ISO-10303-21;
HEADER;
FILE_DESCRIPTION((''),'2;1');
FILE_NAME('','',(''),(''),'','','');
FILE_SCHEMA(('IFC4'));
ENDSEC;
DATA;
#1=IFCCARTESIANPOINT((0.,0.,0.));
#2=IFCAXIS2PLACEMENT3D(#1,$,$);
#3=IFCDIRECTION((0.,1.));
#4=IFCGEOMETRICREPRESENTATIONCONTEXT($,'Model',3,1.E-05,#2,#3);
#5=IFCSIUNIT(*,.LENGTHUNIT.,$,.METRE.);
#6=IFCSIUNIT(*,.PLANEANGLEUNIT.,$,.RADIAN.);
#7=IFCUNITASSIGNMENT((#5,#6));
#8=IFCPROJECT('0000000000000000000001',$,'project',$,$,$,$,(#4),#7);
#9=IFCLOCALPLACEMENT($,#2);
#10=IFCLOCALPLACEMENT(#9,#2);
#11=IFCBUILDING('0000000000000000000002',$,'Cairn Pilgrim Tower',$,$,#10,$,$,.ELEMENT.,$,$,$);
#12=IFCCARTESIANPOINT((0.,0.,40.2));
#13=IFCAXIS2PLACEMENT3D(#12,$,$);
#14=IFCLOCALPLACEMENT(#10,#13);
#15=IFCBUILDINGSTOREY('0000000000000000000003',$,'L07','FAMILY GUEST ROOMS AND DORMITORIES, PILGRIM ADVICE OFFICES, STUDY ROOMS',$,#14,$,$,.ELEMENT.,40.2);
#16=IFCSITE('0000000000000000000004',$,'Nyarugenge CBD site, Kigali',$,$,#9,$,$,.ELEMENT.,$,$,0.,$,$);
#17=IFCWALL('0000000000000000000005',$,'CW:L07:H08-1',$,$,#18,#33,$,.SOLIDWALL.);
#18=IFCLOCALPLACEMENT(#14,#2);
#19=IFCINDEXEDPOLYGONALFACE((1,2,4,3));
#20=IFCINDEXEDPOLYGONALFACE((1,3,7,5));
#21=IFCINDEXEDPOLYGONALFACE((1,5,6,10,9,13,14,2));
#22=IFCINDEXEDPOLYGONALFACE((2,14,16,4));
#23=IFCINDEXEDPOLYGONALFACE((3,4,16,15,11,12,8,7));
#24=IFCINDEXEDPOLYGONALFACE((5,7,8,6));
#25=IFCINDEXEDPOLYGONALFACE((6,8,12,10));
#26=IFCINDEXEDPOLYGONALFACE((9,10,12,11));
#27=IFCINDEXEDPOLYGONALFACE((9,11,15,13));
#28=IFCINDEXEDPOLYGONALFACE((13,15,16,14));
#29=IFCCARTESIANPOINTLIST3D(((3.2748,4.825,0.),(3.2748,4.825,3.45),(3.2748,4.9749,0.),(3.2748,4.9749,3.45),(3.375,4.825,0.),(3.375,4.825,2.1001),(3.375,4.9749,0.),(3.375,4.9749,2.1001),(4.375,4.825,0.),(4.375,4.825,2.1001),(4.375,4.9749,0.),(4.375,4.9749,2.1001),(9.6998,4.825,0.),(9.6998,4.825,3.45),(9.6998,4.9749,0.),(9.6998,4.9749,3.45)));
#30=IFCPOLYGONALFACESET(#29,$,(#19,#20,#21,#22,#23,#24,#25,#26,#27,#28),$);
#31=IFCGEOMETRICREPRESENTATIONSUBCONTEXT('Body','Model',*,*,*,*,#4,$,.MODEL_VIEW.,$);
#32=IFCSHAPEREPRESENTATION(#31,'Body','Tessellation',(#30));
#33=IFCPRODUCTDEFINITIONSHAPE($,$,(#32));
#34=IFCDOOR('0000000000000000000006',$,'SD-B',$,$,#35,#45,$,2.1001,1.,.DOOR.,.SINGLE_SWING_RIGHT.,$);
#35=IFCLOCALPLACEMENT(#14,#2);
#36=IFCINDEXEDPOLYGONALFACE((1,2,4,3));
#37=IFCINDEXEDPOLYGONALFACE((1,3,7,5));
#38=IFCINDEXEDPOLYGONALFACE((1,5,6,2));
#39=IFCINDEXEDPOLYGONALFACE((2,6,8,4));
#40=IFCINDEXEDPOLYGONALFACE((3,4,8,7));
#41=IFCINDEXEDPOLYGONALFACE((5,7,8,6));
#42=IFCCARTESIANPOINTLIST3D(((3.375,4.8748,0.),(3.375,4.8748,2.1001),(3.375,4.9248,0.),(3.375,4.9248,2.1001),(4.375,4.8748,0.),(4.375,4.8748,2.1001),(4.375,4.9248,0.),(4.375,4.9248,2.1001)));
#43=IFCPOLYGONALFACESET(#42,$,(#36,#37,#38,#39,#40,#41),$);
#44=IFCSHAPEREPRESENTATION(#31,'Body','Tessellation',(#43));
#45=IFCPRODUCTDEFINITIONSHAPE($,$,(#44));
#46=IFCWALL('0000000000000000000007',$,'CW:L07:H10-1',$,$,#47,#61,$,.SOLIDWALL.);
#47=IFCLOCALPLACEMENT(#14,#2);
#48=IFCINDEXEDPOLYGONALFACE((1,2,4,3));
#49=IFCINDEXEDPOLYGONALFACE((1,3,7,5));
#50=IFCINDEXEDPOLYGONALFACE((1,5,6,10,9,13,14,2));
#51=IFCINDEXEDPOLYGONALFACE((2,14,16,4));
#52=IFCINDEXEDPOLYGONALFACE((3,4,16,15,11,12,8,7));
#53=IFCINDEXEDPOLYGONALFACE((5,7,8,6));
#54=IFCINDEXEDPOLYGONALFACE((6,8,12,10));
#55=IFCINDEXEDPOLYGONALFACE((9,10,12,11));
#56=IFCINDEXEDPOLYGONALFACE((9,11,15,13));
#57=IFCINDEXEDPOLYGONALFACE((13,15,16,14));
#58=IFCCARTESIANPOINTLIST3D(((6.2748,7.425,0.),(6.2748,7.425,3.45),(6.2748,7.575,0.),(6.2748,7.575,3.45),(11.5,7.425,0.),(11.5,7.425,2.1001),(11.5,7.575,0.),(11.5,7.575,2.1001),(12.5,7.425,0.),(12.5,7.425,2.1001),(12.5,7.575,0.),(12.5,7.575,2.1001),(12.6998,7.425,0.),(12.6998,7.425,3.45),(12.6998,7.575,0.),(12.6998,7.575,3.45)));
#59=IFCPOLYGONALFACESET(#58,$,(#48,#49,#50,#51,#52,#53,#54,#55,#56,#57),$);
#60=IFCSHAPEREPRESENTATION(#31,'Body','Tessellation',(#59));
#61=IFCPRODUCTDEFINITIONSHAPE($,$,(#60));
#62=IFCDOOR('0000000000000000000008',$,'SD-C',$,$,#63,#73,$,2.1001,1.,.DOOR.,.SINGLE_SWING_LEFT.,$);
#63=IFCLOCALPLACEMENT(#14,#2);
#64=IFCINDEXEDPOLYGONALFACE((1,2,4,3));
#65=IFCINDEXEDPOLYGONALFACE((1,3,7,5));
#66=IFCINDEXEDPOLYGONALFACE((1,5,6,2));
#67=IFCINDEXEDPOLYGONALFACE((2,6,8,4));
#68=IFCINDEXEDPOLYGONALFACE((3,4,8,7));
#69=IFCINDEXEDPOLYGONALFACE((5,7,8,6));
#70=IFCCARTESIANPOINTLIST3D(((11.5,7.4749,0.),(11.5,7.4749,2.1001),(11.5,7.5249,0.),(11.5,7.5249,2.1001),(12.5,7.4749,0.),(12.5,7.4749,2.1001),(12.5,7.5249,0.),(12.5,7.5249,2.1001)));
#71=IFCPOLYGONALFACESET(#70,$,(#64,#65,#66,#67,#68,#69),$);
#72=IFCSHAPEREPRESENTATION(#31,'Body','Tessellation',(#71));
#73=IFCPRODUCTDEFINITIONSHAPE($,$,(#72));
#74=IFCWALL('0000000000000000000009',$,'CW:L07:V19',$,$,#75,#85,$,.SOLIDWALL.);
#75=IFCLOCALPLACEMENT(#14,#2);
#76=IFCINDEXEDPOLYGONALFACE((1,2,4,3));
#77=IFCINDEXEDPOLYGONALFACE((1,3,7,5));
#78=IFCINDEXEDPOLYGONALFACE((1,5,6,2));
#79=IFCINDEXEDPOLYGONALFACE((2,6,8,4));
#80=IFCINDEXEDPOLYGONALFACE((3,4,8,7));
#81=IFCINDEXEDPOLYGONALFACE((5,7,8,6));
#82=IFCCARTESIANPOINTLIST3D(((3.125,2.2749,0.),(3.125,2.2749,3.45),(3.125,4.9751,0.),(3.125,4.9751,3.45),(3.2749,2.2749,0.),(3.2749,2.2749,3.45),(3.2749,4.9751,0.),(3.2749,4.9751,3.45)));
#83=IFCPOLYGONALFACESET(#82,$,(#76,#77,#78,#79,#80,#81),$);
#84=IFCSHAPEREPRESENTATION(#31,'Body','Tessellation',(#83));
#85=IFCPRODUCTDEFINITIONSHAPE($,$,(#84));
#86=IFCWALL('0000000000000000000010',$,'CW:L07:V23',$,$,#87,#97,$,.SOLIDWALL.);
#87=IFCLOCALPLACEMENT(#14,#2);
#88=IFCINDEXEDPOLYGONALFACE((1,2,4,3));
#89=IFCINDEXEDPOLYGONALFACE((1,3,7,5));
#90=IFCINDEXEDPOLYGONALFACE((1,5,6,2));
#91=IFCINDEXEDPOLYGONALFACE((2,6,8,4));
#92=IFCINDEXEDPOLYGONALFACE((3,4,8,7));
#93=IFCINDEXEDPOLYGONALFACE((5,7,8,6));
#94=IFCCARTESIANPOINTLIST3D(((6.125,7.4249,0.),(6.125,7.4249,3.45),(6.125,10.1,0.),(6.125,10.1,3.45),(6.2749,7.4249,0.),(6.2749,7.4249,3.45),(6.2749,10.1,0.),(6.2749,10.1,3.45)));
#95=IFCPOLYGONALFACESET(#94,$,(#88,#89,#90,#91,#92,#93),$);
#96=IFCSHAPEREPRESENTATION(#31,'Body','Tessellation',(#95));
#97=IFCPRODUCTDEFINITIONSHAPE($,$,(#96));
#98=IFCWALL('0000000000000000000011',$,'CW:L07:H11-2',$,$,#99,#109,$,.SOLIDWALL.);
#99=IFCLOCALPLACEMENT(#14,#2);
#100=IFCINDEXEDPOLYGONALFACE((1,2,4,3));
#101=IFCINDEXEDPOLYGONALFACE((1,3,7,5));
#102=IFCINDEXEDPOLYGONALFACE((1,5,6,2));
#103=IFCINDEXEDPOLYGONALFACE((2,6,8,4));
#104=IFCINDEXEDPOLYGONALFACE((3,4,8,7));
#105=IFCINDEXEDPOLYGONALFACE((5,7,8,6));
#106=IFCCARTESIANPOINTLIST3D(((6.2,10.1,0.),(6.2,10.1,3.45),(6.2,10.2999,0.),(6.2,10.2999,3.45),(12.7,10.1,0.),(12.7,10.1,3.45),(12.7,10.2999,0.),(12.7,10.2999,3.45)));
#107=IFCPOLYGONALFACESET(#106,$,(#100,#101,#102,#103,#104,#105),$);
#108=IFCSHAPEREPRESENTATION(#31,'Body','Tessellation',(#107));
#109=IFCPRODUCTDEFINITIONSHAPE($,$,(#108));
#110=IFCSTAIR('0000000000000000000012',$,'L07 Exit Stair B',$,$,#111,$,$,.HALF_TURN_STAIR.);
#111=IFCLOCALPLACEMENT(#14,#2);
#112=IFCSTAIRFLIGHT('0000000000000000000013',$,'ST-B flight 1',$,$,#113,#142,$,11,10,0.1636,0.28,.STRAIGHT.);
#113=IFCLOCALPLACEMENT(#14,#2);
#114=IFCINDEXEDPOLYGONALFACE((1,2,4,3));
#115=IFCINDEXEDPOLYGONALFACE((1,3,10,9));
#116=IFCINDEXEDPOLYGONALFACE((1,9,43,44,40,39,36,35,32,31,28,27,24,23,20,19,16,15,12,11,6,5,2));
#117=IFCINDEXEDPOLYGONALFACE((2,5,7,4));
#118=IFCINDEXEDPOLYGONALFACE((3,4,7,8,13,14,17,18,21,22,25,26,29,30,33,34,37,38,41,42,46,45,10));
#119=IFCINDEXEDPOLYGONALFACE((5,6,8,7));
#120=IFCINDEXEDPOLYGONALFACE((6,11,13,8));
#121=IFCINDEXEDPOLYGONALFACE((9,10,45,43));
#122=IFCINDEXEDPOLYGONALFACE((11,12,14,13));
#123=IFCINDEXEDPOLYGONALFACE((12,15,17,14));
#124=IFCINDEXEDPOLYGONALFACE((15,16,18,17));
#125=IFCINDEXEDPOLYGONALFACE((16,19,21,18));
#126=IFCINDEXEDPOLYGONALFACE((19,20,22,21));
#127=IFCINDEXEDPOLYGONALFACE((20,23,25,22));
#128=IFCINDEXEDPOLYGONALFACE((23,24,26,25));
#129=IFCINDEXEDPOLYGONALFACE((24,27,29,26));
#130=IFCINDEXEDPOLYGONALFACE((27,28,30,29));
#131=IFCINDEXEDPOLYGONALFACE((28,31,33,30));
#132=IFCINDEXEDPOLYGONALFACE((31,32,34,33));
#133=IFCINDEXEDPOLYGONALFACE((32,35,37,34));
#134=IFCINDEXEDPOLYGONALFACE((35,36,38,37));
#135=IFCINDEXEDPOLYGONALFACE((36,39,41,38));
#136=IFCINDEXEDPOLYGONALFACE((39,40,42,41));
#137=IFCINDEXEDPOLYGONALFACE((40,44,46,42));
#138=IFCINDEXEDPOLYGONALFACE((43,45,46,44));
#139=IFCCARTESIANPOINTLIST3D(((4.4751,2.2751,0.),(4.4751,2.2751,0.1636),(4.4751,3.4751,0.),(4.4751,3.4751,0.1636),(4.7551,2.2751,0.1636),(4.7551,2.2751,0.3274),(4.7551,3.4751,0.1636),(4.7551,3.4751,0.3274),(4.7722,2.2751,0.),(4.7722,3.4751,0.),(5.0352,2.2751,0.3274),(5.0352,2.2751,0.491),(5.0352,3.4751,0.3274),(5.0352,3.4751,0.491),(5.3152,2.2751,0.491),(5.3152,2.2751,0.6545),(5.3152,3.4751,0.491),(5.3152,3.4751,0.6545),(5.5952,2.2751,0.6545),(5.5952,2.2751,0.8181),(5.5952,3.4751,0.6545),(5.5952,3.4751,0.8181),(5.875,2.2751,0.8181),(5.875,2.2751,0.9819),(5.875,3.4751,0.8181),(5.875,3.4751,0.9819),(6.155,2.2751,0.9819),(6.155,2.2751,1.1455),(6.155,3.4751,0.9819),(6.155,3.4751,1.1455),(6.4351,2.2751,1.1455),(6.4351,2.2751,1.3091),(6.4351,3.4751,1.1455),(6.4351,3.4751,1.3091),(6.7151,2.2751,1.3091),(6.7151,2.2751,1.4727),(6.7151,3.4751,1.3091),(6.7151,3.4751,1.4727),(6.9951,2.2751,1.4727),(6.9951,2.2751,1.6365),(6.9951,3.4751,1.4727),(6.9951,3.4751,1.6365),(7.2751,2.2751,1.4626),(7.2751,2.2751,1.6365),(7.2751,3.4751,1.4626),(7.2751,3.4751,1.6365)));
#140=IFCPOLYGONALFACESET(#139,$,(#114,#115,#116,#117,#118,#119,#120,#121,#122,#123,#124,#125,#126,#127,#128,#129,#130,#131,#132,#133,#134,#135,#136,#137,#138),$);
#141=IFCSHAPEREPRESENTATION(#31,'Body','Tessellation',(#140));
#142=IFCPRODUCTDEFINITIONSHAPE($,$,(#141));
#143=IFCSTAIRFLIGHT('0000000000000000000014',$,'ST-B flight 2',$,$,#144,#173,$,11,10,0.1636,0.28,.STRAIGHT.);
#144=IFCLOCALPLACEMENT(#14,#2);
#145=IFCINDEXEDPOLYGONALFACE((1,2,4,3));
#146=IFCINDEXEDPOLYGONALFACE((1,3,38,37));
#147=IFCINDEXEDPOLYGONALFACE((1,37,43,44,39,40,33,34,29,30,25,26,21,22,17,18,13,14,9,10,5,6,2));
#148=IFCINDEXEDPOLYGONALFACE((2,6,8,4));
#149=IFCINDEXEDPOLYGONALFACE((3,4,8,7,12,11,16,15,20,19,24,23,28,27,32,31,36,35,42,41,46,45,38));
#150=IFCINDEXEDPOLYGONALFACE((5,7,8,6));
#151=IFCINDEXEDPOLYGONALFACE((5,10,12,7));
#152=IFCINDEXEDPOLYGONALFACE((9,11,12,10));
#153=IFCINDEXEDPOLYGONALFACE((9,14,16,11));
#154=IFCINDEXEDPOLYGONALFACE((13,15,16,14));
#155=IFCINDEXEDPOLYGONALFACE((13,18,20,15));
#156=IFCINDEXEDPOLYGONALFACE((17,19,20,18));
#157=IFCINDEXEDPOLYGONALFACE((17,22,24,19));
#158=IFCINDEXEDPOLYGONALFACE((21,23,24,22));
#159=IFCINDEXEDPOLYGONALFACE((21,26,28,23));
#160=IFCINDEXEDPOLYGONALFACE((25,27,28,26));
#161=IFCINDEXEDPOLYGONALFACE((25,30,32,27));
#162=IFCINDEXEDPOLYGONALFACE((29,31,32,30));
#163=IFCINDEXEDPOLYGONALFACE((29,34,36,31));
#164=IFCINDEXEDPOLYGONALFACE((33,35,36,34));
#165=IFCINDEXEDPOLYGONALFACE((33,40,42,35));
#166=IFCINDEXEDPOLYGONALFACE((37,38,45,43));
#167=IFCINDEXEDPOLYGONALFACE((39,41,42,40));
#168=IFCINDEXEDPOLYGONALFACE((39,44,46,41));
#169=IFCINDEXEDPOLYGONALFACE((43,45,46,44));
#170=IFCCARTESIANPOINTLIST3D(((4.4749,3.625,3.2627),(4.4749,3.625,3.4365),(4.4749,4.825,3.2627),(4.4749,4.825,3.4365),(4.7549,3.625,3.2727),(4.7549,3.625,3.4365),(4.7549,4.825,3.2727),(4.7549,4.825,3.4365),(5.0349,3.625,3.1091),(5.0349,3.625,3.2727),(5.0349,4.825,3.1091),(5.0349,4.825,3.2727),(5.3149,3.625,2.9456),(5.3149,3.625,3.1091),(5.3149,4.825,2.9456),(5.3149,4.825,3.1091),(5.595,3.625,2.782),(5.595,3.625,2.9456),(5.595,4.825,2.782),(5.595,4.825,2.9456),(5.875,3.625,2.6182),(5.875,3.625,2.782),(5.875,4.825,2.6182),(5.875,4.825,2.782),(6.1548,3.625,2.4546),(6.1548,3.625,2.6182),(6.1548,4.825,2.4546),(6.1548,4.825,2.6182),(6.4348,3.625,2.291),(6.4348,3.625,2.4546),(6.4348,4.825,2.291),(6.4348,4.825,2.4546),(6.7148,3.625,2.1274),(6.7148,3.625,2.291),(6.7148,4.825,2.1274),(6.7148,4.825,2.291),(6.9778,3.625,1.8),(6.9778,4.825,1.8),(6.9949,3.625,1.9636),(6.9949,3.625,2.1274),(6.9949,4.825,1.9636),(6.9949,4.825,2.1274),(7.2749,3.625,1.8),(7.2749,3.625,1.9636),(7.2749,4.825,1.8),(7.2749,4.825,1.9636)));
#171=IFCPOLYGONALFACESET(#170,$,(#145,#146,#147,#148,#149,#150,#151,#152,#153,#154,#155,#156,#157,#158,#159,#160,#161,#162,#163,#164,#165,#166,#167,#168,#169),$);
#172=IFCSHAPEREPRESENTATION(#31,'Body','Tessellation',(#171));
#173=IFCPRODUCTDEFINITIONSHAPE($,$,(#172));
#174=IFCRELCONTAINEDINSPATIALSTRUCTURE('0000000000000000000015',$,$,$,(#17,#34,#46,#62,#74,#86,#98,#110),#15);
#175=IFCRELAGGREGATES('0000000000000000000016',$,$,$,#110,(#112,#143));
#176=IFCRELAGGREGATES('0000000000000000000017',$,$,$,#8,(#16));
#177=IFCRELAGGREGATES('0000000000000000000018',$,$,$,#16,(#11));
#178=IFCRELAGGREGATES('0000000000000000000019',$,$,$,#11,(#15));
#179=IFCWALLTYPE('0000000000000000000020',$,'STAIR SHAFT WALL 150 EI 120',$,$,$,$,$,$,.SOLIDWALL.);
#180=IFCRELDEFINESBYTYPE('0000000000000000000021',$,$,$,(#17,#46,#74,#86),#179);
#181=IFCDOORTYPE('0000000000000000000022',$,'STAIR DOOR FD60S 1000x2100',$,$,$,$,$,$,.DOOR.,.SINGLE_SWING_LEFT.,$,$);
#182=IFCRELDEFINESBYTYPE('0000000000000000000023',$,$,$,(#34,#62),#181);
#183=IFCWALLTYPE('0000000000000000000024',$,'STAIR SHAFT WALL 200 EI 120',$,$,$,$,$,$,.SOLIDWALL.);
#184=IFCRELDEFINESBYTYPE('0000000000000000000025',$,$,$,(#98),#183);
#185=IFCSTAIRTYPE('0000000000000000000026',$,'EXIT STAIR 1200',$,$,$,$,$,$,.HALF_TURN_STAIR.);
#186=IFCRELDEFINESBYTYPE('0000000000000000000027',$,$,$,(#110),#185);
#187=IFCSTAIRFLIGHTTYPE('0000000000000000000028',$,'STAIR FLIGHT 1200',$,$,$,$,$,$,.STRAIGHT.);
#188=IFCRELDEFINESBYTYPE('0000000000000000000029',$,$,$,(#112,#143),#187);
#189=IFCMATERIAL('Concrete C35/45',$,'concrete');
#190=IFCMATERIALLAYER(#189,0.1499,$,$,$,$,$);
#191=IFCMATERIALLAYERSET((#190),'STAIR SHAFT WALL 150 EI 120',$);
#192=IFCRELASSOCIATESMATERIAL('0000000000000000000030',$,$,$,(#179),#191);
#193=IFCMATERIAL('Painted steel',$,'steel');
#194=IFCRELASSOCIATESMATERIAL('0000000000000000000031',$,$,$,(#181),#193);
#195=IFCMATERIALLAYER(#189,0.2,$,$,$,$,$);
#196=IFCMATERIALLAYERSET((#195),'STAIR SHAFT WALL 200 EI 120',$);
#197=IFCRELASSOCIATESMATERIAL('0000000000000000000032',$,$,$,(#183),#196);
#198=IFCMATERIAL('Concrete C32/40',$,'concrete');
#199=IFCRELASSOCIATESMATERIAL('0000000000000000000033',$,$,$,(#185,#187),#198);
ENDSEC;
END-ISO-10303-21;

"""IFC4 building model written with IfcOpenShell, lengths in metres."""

from ifc_helpers import new_model, si_unit, direction, frame, frame_2d, origin, place, context, subcontext, project, spatial, polyline, rectangle, outline, extrude, material, layer, layer_set, type_object, element, fill, aggregate, save


model = new_model("IFC4")

# Units and contexts
model_context = context("Model", 3, precision=1e-05, world=origin(), true_north=direction((0.0, 1.0)))
body_context = subcontext(model_context, "Body", "Model", "MODEL_VIEW")
ifc_project = project(units=[si_unit("LENGTHUNIT", "METRE"), si_unit("PLANEANGLEUNIT", "RADIAN")], contexts=[model_context])

# Site, building, storey
site_placement = place(None, origin())
site = spatial("IfcSite", under=ifc_project, at=site_placement, Name="Nyarugenge CBD site, Kigali", CompositionType="ELEMENT", RefElevation=0.0)
building_placement = place(site_placement, origin())
building = spatial("IfcBuilding", under=site, at=building_placement, Name="Cairn Pilgrim Tower", CompositionType="ELEMENT")
storey_placement = place(building_placement, frame((0.0, 0.0, 40.2)))
storey = spatial("IfcBuildingStorey", under=building, at=storey_placement, Name="L07", Description="FAMILY GUEST ROOMS AND DORMITORIES, PILGRIM ADVICE OFFICES, STUDY ROOMS", CompositionType="ELEMENT", Elevation=40.2)

# Shared definitions
ifc_material_1 = material(Name="Concrete C32/40", Category="concrete")
ifc_material_2 = material(Name="Concrete C35/45", Category="concrete")
ifc_layer_1 = layer(ifc_material_2, 0.1499)
ifc_layer_set_1 = layer_set([ifc_layer_1], Name="STAIR SHAFT WALL 150 EI 120")
wall_type_1 = type_object("IfcWallType", Name="STAIR SHAFT WALL 150 EI 120", PredefinedType="SOLIDWALL", material=ifc_layer_set_1)

# Walls, openings, doors
wall_1_placement = place(storey_placement, frame((3.2749, 4.8999, 0.0), z_axis=(0.0, 0.0, 1.0), x_axis=(1.0, 0.0, 0.0)))
wall_1 = element("IfcWall", 1, at=wall_1_placement, inside=storey, type_object=wall_type_1, Name="CW:L07:H08-1", PredefinedType="SOLIDWALL", context=body_context, shape_type="SweptSolid", body=[
    extrude(rectangle(XDim=6.425, YDim=0.1499, at=frame_2d((3.2124, 0.0))), origin(), (0.0, 0.0, 1.0), 3.45),
])
opening_1_placement = place(wall_1_placement, frame((0.1001, 0.0, 0.0)))
opening_1 = element("IfcOpeningElement", 2, at=opening_1_placement, cuts=wall_1, PredefinedType="OPENING", context=body_context, shape_type="SweptSolid", body=[
    extrude(rectangle(XDim=1.0, YDim=2.1001, at=frame_2d((0.5, 1.05))), frame((0.0, 0.085, 0.0), z_axis=(0.0, -1.0, 0.0), x_axis=(1.0, 0.0, 0.0)), (0.0, 0.0, 1.0), 0.1699),
])
ifc_material_3 = material(Name="Painted steel", Category="steel")
door_type = type_object("IfcDoorType", Name="STAIR DOOR FD60S 1000x2100", OperationType="SINGLE_SWING_LEFT", PredefinedType="DOOR", material=ifc_material_3)
door_1_placement = place(opening_1_placement, origin())
door_1 = element("IfcDoor", 3, at=door_1_placement, inside=storey, type_object=door_type, Name="SD-B", OperationType="SINGLE_SWING_RIGHT", OverallHeight=2.1001, OverallWidth=1.0, PredefinedType="DOOR", context=body_context, shape_type="SweptSolid", body=[
    extrude(rectangle(XDim=1.0, YDim=2.1001, at=frame_2d((0.5, 1.05))), frame((0.0, 0.0249, 0.0), z_axis=(0.0, -1.0, 0.0), x_axis=(1.0, 0.0, 0.0)), (0.0, 0.0, 1.0), 0.05),
])
fill(opening_1, door_1)
wall_2_placement = place(storey_placement, frame((6.2749, 7.5, 0.0), z_axis=(0.0, 0.0, 1.0), x_axis=(1.0, 0.0, 0.0)))
wall_2 = element("IfcWall", 4, at=wall_2_placement, inside=storey, type_object=wall_type_1, Name="CW:L07:H10-1", PredefinedType="SOLIDWALL", context=body_context, shape_type="SweptSolid", body=[
    extrude(rectangle(XDim=6.425, YDim=0.1499, at=frame_2d((3.2124, 0.0))), origin(), (0.0, 0.0, 1.0), 3.45),
])
opening_2_placement = place(wall_2_placement, frame((5.2251, 0.0, 0.0)))
opening_2 = element("IfcOpeningElement", 5, at=opening_2_placement, cuts=wall_2, PredefinedType="OPENING", context=body_context, shape_type="SweptSolid", body=[
    extrude(rectangle(XDim=1.0, YDim=2.1001, at=frame_2d((0.5, 1.05))), frame((0.0, 0.085, 0.0), z_axis=(0.0, -1.0, 0.0), x_axis=(1.0, 0.0, 0.0)), (0.0, 0.0, 1.0), 0.1699),
])
door_2_placement = place(opening_2_placement, origin())
door_2 = element("IfcDoor", 6, at=door_2_placement, inside=storey, type_object=door_type, Name="SD-C", OperationType="SINGLE_SWING_LEFT", OverallHeight=2.1001, OverallWidth=1.0, PredefinedType="DOOR", context=body_context, shape_type="SweptSolid", body=[
    extrude(rectangle(XDim=1.0, YDim=2.1001, at=frame_2d((0.5, 1.05))), frame((0.0, 0.0249, 0.0), z_axis=(0.0, -1.0, 0.0), x_axis=(1.0, 0.0, 0.0)), (0.0, 0.0, 1.0), 0.05),
])
fill(opening_2, door_2)

# Walls
wall_3_placement = place(storey_placement, frame((3.2, 2.2749, 0.0), z_axis=(0.0, 0.0, 1.0), x_axis=(0.0, 1.0, 0.0)))
element("IfcWall", 7, at=wall_3_placement, inside=storey, type_object=wall_type_1, Name="CW:L07:V19", PredefinedType="SOLIDWALL", context=body_context, shape_type="SweptSolid", body=[
    extrude(rectangle(XDim=2.7002, YDim=0.1499, at=frame_2d((1.3501, 0.0))), origin(), (0.0, 0.0, 1.0), 3.45),
])
wall_4_placement = place(storey_placement, frame((6.2, 7.425, 0.0), z_axis=(0.0, 0.0, 1.0), x_axis=(0.0, 1.0, 0.0)))
element("IfcWall", 8, at=wall_4_placement, inside=storey, type_object=wall_type_1, Name="CW:L07:V23", PredefinedType="SOLIDWALL", context=body_context, shape_type="SweptSolid", body=[
    extrude(rectangle(XDim=2.675, YDim=0.1499, at=frame_2d((1.3374, 0.0))), origin(), (0.0, 0.0, 1.0), 3.45),
])
ifc_layer_2 = layer(ifc_material_2, 0.2)
ifc_layer_set_2 = layer_set([ifc_layer_2], Name="STAIR SHAFT WALL 200 EI 120")
wall_type_2 = type_object("IfcWallType", Name="STAIR SHAFT WALL 200 EI 120", PredefinedType="SOLIDWALL", material=ifc_layer_set_2)
wall_5_placement = place(storey_placement, frame((6.2, 10.2, 0.0), z_axis=(0.0, 0.0, 1.0), x_axis=(1.0, 0.0, 0.0)))
element("IfcWall", 9, at=wall_5_placement, inside=storey, type_object=wall_type_2, Name="CW:L07:H11-2", PredefinedType="SOLIDWALL", context=body_context, shape_type="SweptSolid", body=[
    extrude(rectangle(XDim=6.5, YDim=0.2, at=frame_2d((3.25, 0.0))), origin(), (0.0, 0.0, 1.0), 3.45),
])

# Stair, stair flights
stair_type = type_object("IfcStairType", Name="EXIT STAIR 1200", PredefinedType="HALF_TURN_STAIR", material=ifc_material_1)
stair_1_placement = place(storey_placement, origin())
stair_1 = element("IfcStair", 10, at=stair_1_placement, inside=storey, type_object=stair_type, Name="L07 Exit Stair B", PredefinedType="HALF_TURN_STAIR")
stair_flight_type = type_object("IfcStairFlightType", Name="STAIR FLIGHT 1200", PredefinedType="STRAIGHT", material=ifc_material_1)
stair_flight_1_placement = place(storey_placement, frame((4.4751, 2.875, 0.0), z_axis=(0.0, 0.0, 1.0), x_axis=(1.0, 0.0, 0.0)))
stair_flight_1 = element("IfcStairFlight", 11, at=stair_flight_1_placement, type_object=stair_flight_type, Name="ST-B flight 1", NumberOfRisers=11, NumberOfTreads=10, PredefinedType="STRAIGHT", RiserHeight=0.1636, TreadLength=0.28, context=body_context, shape_type="SweptSolid", body=[
    extrude(outline(polyline([(0.0, 0.0), (0.0, 0.1636), (0.28, 0.1636), (0.28, 0.3274), (0.5601, 0.3274), (0.5601, 0.491), (0.8401, 0.491), (0.8401, 0.6545), (1.1201, 0.6545), (1.1201, 0.8181), (1.3999, 0.8181), (1.3999, 0.9819), (1.6799, 0.9819), (1.6799, 1.1455), (1.96, 1.1455), (1.96, 1.3091), (2.24, 1.3091), (2.24, 1.4727), (2.52, 1.4727), (2.52, 1.6365), (2.8, 1.6365), (2.8, 1.8), (2.8, 1.4626), (0.2971, 0.0), (0.0, 0.0)])), frame((0.0, 0.6001, 0.0), z_axis=(0.0, -1.0, 0.0), x_axis=(1.0, 0.0, 0.0)), (0.0, 0.0, 1.0), 1.2),
])
stair_flight_2_placement = place(storey_placement, frame((7.2749, 4.2251, 1.8), z_axis=(0.0, 0.0, 1.0), x_axis=(-1.0, 0.0, 0.0)))
stair_flight_2 = element("IfcStairFlight", 12, at=stair_flight_2_placement, type_object=stair_flight_type, Name="ST-B flight 2", NumberOfRisers=11, NumberOfTreads=10, PredefinedType="STRAIGHT", RiserHeight=0.1636, TreadLength=0.28, context=body_context, shape_type="SweptSolid", body=[
    extrude(outline(polyline([(0.0, 0.0), (0.0, 0.1636), (0.28, 0.1636), (0.28, 0.3274), (0.5601, 0.3274), (0.5601, 0.491), (0.8401, 0.491), (0.8401, 0.6545), (1.1201, 0.6545), (1.1201, 0.8181), (1.3999, 0.8181), (1.3999, 0.9819), (1.6799, 0.9819), (1.6799, 1.1455), (1.96, 1.1455), (1.96, 1.3091), (2.24, 1.3091), (2.24, 1.4727), (2.52, 1.4727), (2.52, 1.6365), (2.8, 1.6365), (2.8, 1.8), (2.8, 1.4626), (0.2971, 0.0), (0.0, 0.0)])), frame((0.0, 0.6001, 0.0), z_axis=(0.0, -1.0, 0.0), x_axis=(1.0, 0.0, 0.0)), (0.0, 0.0, 1.0), 1.2),
])
aggregate(stair_1, [stair_flight_1, stair_flight_2])

save(model, "model.ifc")
